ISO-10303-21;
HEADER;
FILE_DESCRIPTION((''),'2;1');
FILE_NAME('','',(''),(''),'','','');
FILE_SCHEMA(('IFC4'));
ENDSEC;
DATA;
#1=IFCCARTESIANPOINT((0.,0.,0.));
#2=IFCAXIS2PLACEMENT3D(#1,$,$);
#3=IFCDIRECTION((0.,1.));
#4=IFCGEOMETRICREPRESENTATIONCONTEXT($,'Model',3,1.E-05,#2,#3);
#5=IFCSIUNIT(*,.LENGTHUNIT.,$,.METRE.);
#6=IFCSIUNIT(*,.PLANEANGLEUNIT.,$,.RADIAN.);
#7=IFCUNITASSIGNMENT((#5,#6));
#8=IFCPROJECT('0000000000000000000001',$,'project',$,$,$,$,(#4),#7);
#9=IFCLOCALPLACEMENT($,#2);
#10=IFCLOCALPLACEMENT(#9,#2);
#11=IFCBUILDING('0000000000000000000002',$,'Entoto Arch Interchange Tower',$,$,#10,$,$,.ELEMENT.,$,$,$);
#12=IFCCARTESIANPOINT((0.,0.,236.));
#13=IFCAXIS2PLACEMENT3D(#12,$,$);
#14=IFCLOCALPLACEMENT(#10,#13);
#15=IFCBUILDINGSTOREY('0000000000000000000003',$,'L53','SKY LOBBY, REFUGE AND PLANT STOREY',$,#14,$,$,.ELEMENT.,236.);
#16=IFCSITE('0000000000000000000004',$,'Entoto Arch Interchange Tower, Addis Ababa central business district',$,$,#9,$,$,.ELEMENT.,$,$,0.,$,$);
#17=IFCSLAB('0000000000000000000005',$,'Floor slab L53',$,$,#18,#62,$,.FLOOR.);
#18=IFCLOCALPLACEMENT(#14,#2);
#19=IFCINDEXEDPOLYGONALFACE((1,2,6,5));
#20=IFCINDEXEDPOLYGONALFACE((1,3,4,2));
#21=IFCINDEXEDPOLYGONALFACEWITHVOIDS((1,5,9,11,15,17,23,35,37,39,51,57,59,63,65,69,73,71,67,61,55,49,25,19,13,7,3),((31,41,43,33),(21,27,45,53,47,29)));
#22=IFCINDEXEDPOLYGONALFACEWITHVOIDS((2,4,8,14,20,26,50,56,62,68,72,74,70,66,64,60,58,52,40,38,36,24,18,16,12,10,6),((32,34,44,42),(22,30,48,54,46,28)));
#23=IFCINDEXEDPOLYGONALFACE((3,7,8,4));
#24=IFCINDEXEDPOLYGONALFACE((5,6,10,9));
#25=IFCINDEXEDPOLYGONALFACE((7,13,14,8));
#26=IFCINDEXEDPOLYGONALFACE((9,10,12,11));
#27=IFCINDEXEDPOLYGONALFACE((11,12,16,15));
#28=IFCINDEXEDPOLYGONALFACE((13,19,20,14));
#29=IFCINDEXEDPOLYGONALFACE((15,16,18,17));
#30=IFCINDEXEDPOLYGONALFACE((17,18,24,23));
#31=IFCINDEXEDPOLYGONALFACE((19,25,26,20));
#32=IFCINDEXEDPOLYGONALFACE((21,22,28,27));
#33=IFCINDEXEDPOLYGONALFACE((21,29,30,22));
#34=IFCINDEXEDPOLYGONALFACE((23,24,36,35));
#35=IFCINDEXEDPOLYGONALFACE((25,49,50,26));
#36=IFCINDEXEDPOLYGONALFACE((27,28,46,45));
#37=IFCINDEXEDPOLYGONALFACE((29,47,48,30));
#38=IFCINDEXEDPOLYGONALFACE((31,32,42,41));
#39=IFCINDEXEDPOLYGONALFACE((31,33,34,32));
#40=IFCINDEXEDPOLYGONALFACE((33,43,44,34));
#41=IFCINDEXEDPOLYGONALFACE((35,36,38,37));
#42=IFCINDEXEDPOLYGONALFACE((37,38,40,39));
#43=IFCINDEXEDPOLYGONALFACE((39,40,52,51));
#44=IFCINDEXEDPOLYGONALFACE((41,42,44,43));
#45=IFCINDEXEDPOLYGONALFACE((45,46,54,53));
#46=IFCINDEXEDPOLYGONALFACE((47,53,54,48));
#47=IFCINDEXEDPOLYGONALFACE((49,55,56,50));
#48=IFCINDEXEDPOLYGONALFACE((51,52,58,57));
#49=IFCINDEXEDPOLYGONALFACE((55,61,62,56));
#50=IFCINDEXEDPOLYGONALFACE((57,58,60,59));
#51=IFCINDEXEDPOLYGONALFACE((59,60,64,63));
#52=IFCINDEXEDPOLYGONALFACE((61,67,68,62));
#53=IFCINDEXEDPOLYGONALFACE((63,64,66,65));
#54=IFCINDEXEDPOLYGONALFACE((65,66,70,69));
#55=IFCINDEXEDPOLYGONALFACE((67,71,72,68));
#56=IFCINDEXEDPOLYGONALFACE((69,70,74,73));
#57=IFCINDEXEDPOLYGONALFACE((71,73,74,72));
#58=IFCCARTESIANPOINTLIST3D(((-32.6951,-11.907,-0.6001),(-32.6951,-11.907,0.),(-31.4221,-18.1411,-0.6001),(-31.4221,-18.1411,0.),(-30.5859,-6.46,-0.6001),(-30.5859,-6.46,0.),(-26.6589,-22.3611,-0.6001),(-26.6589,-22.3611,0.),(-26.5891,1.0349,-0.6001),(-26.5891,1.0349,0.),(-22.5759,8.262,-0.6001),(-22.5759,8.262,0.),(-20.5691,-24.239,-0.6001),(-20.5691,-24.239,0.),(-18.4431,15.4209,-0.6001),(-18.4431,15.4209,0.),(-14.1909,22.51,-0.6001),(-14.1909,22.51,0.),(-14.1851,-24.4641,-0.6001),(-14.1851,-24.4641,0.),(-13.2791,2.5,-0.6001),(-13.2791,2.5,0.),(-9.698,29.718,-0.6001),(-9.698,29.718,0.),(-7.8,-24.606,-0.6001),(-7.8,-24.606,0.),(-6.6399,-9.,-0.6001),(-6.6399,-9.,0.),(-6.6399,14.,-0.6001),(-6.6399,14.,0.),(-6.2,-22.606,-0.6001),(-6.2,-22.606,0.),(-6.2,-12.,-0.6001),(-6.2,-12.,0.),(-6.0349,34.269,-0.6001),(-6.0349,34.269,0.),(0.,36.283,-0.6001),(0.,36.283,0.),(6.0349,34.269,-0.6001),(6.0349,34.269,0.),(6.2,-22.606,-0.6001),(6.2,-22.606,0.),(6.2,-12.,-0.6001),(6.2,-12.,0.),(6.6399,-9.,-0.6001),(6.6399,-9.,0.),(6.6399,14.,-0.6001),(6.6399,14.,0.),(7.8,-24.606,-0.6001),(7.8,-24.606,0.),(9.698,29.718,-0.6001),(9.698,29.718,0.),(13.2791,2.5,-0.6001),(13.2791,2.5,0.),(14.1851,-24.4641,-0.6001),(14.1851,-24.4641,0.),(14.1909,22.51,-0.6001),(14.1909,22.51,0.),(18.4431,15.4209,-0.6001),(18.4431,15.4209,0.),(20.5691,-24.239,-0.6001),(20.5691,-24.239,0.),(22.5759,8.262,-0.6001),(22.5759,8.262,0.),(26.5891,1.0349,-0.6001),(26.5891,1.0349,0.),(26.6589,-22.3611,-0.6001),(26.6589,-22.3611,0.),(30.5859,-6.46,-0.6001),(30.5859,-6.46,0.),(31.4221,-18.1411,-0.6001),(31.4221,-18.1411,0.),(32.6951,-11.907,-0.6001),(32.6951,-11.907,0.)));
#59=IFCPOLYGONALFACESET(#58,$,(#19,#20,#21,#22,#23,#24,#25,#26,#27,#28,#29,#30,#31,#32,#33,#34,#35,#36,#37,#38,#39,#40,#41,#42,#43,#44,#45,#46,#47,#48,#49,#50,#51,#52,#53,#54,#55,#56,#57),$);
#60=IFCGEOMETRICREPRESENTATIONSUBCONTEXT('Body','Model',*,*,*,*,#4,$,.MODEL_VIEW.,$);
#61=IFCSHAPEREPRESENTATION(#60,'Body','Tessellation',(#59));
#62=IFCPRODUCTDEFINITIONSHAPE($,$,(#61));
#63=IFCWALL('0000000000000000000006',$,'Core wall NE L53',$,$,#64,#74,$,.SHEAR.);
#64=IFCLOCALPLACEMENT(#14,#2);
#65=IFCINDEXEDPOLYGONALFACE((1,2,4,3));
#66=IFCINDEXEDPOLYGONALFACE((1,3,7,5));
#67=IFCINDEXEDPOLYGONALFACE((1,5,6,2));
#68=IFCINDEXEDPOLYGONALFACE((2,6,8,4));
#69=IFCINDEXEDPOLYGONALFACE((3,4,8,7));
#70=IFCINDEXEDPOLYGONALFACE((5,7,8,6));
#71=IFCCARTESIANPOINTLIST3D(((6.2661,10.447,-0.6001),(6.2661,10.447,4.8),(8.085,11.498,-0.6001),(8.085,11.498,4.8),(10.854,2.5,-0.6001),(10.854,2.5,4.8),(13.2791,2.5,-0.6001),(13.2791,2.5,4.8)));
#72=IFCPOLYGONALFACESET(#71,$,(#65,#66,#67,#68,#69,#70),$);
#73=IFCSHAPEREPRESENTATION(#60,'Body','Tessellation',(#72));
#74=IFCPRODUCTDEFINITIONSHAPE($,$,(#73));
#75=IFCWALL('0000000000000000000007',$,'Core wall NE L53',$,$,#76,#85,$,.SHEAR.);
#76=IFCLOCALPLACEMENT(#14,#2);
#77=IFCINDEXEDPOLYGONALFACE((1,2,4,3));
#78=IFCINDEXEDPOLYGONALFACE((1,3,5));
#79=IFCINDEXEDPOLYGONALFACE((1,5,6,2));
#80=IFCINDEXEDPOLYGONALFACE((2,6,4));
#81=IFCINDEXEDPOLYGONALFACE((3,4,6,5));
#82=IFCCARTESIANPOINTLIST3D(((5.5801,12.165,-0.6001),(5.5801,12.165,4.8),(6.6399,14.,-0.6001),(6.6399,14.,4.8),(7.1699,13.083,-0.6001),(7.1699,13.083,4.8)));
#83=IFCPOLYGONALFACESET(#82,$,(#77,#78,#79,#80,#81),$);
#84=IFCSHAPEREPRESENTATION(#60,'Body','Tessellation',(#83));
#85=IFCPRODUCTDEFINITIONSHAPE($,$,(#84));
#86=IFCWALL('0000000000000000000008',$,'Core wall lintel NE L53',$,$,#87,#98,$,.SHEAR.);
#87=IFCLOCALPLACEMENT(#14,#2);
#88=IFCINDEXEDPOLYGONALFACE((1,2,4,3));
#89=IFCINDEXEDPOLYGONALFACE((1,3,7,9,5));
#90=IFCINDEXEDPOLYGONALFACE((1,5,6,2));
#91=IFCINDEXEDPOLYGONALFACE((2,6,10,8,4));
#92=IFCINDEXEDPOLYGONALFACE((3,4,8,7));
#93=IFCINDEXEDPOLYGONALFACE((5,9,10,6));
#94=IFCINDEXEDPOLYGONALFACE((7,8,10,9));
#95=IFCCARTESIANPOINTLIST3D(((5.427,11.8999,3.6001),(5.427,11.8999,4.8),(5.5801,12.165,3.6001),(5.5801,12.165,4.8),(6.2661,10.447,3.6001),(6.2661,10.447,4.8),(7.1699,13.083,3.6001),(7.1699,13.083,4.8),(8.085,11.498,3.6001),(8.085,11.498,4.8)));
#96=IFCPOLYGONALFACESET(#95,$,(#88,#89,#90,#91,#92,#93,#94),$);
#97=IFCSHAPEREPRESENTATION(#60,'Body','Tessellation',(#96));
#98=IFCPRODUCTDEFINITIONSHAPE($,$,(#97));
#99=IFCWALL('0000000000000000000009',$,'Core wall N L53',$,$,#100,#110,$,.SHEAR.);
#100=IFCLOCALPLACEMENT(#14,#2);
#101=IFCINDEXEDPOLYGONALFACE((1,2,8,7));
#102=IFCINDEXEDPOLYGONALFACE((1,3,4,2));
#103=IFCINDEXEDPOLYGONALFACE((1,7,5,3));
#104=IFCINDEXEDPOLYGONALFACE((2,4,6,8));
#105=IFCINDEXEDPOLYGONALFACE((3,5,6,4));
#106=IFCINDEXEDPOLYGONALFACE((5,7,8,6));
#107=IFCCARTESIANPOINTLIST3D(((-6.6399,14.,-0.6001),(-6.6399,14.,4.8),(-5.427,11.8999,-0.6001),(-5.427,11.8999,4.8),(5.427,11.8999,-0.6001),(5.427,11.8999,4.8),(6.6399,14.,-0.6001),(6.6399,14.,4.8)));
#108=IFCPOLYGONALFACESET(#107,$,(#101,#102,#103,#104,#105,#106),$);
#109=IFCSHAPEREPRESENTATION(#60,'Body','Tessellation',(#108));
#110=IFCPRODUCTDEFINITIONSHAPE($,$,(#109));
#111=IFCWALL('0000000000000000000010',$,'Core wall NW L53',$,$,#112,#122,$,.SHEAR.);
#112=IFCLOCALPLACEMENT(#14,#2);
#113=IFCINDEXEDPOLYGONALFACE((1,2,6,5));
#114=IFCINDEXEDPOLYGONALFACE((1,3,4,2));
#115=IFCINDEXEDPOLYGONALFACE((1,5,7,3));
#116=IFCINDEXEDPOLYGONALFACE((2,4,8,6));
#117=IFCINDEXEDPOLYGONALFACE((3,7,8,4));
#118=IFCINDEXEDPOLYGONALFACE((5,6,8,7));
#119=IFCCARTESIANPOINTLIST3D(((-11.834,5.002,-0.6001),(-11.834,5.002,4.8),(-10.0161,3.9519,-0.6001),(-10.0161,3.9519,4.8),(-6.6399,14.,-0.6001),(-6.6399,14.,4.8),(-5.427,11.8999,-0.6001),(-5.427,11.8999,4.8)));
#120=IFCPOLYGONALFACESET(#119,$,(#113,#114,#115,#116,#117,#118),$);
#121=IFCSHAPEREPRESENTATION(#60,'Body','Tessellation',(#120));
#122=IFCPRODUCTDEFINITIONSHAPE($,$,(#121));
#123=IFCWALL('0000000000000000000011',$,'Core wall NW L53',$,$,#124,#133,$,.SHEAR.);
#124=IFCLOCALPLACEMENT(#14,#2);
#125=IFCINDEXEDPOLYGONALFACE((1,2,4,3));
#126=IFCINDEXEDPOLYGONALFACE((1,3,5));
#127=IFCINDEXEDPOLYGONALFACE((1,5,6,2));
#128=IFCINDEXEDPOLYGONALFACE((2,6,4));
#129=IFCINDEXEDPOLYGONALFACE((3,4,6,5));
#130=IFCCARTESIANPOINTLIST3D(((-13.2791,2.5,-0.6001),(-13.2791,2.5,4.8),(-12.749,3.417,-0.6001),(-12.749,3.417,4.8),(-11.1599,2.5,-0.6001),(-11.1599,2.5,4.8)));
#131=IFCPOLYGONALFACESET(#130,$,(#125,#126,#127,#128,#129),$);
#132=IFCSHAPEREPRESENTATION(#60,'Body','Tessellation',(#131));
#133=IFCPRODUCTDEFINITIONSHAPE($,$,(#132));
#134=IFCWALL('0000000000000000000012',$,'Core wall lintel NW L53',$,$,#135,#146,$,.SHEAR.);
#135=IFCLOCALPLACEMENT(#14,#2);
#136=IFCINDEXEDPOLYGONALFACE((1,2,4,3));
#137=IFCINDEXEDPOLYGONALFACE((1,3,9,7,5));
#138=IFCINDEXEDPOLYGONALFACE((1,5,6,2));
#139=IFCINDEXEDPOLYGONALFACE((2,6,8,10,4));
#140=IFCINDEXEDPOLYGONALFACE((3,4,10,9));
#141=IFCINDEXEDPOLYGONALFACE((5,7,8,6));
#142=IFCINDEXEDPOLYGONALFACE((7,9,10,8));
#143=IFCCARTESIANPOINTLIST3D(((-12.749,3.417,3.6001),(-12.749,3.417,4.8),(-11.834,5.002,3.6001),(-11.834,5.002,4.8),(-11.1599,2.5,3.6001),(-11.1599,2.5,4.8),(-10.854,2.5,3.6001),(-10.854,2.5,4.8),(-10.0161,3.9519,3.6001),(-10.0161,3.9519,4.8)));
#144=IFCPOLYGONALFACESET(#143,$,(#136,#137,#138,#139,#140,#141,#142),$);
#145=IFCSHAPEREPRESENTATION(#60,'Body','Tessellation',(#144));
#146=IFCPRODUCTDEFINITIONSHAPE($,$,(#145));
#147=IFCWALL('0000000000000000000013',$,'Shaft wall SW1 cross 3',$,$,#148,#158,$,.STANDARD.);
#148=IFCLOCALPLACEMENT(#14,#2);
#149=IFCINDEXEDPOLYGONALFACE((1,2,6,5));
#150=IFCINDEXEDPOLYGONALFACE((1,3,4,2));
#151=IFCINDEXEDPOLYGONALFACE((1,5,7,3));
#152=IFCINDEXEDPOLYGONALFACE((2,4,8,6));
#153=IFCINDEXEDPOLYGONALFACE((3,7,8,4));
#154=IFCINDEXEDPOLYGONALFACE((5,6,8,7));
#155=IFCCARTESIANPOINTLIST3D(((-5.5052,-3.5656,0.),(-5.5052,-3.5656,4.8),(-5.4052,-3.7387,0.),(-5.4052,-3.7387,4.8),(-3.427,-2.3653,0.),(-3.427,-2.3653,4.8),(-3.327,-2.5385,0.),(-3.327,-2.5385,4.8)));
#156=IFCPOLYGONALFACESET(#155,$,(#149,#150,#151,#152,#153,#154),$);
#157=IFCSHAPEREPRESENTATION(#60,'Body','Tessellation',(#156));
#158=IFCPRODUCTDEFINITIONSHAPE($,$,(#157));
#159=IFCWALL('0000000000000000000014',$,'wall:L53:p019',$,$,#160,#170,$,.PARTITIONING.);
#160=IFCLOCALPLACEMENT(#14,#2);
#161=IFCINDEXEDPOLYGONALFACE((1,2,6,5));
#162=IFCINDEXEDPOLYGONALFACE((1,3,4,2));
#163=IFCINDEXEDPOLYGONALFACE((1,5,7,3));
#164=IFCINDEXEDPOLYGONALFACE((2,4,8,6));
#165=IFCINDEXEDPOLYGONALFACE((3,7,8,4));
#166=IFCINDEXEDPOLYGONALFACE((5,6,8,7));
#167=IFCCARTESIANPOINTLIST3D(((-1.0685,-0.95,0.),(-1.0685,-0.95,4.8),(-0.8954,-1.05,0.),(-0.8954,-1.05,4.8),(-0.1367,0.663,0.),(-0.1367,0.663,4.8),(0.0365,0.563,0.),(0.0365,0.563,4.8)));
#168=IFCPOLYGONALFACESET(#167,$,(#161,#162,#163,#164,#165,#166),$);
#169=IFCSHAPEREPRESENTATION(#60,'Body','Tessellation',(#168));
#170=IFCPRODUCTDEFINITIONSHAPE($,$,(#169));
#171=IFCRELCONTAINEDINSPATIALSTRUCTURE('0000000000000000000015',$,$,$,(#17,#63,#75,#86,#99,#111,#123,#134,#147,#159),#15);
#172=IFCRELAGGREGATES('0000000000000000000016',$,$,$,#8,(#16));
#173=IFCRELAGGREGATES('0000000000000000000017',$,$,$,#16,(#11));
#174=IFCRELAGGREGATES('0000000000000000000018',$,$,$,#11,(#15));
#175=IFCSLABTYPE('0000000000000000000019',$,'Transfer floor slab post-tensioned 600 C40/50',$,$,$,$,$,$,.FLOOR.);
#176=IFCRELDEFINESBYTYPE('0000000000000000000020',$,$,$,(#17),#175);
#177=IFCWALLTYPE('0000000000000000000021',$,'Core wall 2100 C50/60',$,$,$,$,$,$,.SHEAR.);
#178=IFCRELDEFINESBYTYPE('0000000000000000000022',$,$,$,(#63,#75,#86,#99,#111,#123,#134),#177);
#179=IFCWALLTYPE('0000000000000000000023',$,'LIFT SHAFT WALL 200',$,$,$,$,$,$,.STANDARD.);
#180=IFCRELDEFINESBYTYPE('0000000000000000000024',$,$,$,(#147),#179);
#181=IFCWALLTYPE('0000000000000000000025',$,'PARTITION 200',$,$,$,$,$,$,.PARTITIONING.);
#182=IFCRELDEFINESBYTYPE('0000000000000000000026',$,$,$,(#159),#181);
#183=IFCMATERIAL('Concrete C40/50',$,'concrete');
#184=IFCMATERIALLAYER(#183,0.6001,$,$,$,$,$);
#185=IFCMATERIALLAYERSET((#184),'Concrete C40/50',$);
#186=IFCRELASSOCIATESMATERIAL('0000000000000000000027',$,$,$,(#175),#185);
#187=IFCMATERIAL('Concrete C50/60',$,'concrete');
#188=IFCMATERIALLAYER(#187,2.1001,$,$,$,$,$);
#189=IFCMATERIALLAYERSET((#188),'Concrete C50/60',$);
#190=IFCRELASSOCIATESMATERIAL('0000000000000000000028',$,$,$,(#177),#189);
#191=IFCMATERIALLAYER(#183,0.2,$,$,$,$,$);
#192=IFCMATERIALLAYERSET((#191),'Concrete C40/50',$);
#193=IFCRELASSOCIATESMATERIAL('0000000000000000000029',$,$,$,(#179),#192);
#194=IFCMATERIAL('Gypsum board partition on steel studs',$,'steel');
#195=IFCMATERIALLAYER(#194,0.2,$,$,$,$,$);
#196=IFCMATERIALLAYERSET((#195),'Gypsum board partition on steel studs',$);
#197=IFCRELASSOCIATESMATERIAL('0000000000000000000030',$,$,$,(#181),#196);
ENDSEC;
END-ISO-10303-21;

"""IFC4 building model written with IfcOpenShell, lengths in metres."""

from ifc_helpers import new_model, si_unit, direction, frame, frame_2d, origin, place, context, subcontext, project, spatial, polyline, rectangle, outline, extrude, material, layer, layer_set, type_object, element, save


model = new_model("IFC4")

# Units and contexts
model_context = context("Model", 3, precision=1e-05, world=origin(), true_north=direction((0.0, 1.0)))
body_context = subcontext(model_context, "Body", "Model", "MODEL_VIEW")
ifc_project = project(units=[si_unit("LENGTHUNIT", "METRE"), si_unit("PLANEANGLEUNIT", "RADIAN")], contexts=[model_context])

# Site, building, storey
site_placement = place(None, origin())
site = spatial("IfcSite", under=ifc_project, at=site_placement, Name="Entoto Arch Interchange Tower, Addis Ababa central business district", CompositionType="ELEMENT", RefElevation=0.0)
building_placement = place(site_placement, origin())
building = spatial("IfcBuilding", under=site, at=building_placement, Name="Entoto Arch Interchange Tower", CompositionType="ELEMENT")
storey_placement = place(building_placement, frame((0.0, 0.0, 236.0)))
storey = spatial("IfcBuildingStorey", under=building, at=storey_placement, Name="L53", Description="SKY LOBBY, REFUGE AND PLANT STOREY", CompositionType="ELEMENT", Elevation=236.0)

# Slab
ifc_material_1 = material(Name="Concrete C40/50", Category="concrete")
ifc_layer_1 = layer(ifc_material_1, 0.6001)
ifc_layer_set_1 = layer_set([ifc_layer_1], Name="Concrete C40/50")
slab_type = type_object("IfcSlabType", Name="Transfer floor slab post-tensioned 600 C40/50", PredefinedType="FLOOR", material=ifc_layer_set_1)
slab_placement = place(storey_placement, frame((0.0, 0.0, -0.6001)))
element("IfcSlab", 1, at=slab_placement, inside=storey, type_object=slab_type, Name="Floor slab L53", PredefinedType="FLOOR", context=body_context, shape_type="SweptSolid", body=[
    extrude(outline(polyline([(-20.5691, -24.239), (-14.1851, -24.4641), (-7.8, -24.606), (7.8, -24.606), (14.1851, -24.4641), (20.5691, -24.239), (26.6589, -22.3611), (31.4221, -18.1411), (32.6951, -11.907), (30.5859, -6.46), (26.5891, 1.0349), (22.5759, 8.262), (18.4431, 15.4209), (14.1909, 22.51), (9.698, 29.718), (6.0349, 34.269), (0.0, 36.283), (-6.0349, 34.269), (-9.698, 29.718), (-14.1909, 22.51), (-18.4431, 15.4209), (-22.5759, 8.262), (-26.5891, 1.0349), (-30.5859, -6.46), (-32.6951, -11.907), (-31.4221, -18.1411), (-26.6589, -22.3611), (-20.5691, -24.239)]), holes=[polyline([(6.2, -22.606), (6.2, -12.0), (-6.2, -12.0), (-6.2, -22.606), (6.2, -22.606)]), polyline([(13.2791, 2.5), (6.6399, 14.0), (-6.6399, 14.0), (-13.2791, 2.5), (-6.6399, -9.0), (6.6399, -9.0), (13.2791, 2.5)])]), origin(), (0.0, 0.0, 1.0), 0.6001),
])

# Walls
ifc_material_2 = material(Name="Concrete C50/60", Category="concrete")
ifc_layer_2 = layer(ifc_material_2, 2.1001)
ifc_layer_set_2 = layer_set([ifc_layer_2], Name="Concrete C50/60")
wall_type_1 = type_object("IfcWallType", Name="Core wall 2100 C50/60", PredefinedType="SHEAR", material=ifc_layer_set_2)
wall_1_placement = place(storey_placement, frame((0.0, 0.0, -0.6001)))
element("IfcWall", 2, at=wall_1_placement, inside=storey, type_object=wall_type_1, Name="Core wall NE L53", PredefinedType="SHEAR", context=body_context, shape_type="SweptSolid", body=[
    extrude(outline(polyline([(8.085, 11.498), (6.2661, 10.447), (10.854, 2.5), (13.2791, 2.5), (8.085, 11.498)])), origin(), (0.0, 0.0, 1.0), 5.4001),
])
wall_2_placement = place(storey_placement, frame((0.0, 0.0, -0.6001)))
element("IfcWall", 3, at=wall_2_placement, inside=storey, type_object=wall_type_1, Name="Core wall NE L53", PredefinedType="SHEAR", context=body_context, shape_type="SweptSolid", body=[
    extrude(outline(polyline([(5.5801, 12.165), (7.1699, 13.083), (6.6399, 14.0), (5.5801, 12.165)])), origin(), (0.0, 0.0, 1.0), 5.4001),
])
wall_3_placement = place(storey_placement, frame((0.0, 0.0, 3.6001)))
element("IfcWall", 4, at=wall_3_placement, inside=storey, type_object=wall_type_1, Name="Core wall lintel NE L53", PredefinedType="SHEAR", context=body_context, shape_type="SweptSolid", body=[
    extrude(outline(polyline([(7.1699, 13.083), (5.5801, 12.165), (5.427, 11.8999), (6.2661, 10.447), (8.085, 11.498), (7.1699, 13.083)])), origin(), (0.0, 0.0, 1.0), 1.2),
])
wall_4_placement = place(storey_placement, frame((0.0, 0.0, -0.6001)))
element("IfcWall", 5, at=wall_4_placement, inside=storey, type_object=wall_type_1, Name="Core wall N L53", PredefinedType="SHEAR", context=body_context, shape_type="SweptSolid", body=[
    extrude(outline(polyline([(6.6399, 14.0), (-6.6399, 14.0), (-5.427, 11.8999), (5.427, 11.8999), (6.6399, 14.0)])), origin(), (0.0, 0.0, 1.0), 5.4001),
])
wall_5_placement = place(storey_placement, frame((0.0, 0.0, -0.6001)))
element("IfcWall", 6, at=wall_5_placement, inside=storey, type_object=wall_type_1, Name="Core wall NW L53", PredefinedType="SHEAR", context=body_context, shape_type="SweptSolid", body=[
    extrude(outline(polyline([(-11.834, 5.002), (-10.0161, 3.9519), (-5.427, 11.8999), (-6.6399, 14.0), (-11.834, 5.002)])), origin(), (0.0, 0.0, 1.0), 5.4001),
])
wall_6_placement = place(storey_placement, frame((0.0, 0.0, -0.6001)))
element("IfcWall", 7, at=wall_6_placement, inside=storey, type_object=wall_type_1, Name="Core wall NW L53", PredefinedType="SHEAR", context=body_context, shape_type="SweptSolid", body=[
    extrude(outline(polyline([(-11.1599, 2.5), (-12.749, 3.417), (-13.2791, 2.5), (-11.1599, 2.5)])), origin(), (0.0, 0.0, 1.0), 5.4001),
])
wall_7_placement = place(storey_placement, frame((0.0, 0.0, 3.6001)))
element("IfcWall", 8, at=wall_7_placement, inside=storey, type_object=wall_type_1, Name="Core wall lintel NW L53", PredefinedType="SHEAR", context=body_context, shape_type="SweptSolid", body=[
    extrude(outline(polyline([(-12.749, 3.417), (-11.1599, 2.5), (-10.854, 2.5), (-10.0161, 3.9519), (-11.834, 5.002), (-12.749, 3.417)])), origin(), (0.0, 0.0, 1.0), 1.2),
])
ifc_layer_3 = layer(ifc_material_1, 0.2)
ifc_layer_set_3 = layer_set([ifc_layer_3], Name="Concrete C40/50")
wall_type_2 = type_object("IfcWallType", Name="LIFT SHAFT WALL 200", PredefinedType="STANDARD", material=ifc_layer_set_3)
wall_8_placement = place(storey_placement, frame((-3.377, -2.4519, 0.0), z_axis=(0.0, 0.0, 1.0), x_axis=(-0.865955, -0.500122, 0.0)))
element("IfcWall", 9, at=wall_8_placement, inside=storey, type_object=wall_type_2, Name="Shaft wall SW1 cross 3", PredefinedType="STANDARD", context=body_context, shape_type="SweptSolid", body=[
    extrude(rectangle(XDim=2.3999, YDim=0.2, at=frame_2d((1.2, 0.0))), origin(), (0.0, 0.0, 1.0), 4.8),
])
ifc_material_3 = material(Name="Gypsum board partition on steel studs", Category="steel")
ifc_layer_4 = layer(ifc_material_3, 0.2)
ifc_layer_set_4 = layer_set([ifc_layer_4], Name="Gypsum board partition on steel studs")
wall_type_3 = type_object("IfcWallType", Name="PARTITION 200", PredefinedType="PARTITIONING", material=ifc_layer_set_4)
wall_9_placement = place(storey_placement, frame((-0.9819, -1.0, 0.0), z_axis=(0.0, 0.0, 1.0), x_axis=(0.50024, 0.865887, 0.0)))
element("IfcWall", 10, at=wall_9_placement, inside=storey, type_object=wall_type_3, Name="wall:L53:p019", PredefinedType="PARTITIONING", context=body_context, shape_type="SweptSolid", body=[
    extrude(rectangle(XDim=1.8628, YDim=0.2, at=frame_2d((0.9314, 0.0))), origin(), (0.0, 0.0, 1.0), 4.8),
])

save(model, "model.ifc")
